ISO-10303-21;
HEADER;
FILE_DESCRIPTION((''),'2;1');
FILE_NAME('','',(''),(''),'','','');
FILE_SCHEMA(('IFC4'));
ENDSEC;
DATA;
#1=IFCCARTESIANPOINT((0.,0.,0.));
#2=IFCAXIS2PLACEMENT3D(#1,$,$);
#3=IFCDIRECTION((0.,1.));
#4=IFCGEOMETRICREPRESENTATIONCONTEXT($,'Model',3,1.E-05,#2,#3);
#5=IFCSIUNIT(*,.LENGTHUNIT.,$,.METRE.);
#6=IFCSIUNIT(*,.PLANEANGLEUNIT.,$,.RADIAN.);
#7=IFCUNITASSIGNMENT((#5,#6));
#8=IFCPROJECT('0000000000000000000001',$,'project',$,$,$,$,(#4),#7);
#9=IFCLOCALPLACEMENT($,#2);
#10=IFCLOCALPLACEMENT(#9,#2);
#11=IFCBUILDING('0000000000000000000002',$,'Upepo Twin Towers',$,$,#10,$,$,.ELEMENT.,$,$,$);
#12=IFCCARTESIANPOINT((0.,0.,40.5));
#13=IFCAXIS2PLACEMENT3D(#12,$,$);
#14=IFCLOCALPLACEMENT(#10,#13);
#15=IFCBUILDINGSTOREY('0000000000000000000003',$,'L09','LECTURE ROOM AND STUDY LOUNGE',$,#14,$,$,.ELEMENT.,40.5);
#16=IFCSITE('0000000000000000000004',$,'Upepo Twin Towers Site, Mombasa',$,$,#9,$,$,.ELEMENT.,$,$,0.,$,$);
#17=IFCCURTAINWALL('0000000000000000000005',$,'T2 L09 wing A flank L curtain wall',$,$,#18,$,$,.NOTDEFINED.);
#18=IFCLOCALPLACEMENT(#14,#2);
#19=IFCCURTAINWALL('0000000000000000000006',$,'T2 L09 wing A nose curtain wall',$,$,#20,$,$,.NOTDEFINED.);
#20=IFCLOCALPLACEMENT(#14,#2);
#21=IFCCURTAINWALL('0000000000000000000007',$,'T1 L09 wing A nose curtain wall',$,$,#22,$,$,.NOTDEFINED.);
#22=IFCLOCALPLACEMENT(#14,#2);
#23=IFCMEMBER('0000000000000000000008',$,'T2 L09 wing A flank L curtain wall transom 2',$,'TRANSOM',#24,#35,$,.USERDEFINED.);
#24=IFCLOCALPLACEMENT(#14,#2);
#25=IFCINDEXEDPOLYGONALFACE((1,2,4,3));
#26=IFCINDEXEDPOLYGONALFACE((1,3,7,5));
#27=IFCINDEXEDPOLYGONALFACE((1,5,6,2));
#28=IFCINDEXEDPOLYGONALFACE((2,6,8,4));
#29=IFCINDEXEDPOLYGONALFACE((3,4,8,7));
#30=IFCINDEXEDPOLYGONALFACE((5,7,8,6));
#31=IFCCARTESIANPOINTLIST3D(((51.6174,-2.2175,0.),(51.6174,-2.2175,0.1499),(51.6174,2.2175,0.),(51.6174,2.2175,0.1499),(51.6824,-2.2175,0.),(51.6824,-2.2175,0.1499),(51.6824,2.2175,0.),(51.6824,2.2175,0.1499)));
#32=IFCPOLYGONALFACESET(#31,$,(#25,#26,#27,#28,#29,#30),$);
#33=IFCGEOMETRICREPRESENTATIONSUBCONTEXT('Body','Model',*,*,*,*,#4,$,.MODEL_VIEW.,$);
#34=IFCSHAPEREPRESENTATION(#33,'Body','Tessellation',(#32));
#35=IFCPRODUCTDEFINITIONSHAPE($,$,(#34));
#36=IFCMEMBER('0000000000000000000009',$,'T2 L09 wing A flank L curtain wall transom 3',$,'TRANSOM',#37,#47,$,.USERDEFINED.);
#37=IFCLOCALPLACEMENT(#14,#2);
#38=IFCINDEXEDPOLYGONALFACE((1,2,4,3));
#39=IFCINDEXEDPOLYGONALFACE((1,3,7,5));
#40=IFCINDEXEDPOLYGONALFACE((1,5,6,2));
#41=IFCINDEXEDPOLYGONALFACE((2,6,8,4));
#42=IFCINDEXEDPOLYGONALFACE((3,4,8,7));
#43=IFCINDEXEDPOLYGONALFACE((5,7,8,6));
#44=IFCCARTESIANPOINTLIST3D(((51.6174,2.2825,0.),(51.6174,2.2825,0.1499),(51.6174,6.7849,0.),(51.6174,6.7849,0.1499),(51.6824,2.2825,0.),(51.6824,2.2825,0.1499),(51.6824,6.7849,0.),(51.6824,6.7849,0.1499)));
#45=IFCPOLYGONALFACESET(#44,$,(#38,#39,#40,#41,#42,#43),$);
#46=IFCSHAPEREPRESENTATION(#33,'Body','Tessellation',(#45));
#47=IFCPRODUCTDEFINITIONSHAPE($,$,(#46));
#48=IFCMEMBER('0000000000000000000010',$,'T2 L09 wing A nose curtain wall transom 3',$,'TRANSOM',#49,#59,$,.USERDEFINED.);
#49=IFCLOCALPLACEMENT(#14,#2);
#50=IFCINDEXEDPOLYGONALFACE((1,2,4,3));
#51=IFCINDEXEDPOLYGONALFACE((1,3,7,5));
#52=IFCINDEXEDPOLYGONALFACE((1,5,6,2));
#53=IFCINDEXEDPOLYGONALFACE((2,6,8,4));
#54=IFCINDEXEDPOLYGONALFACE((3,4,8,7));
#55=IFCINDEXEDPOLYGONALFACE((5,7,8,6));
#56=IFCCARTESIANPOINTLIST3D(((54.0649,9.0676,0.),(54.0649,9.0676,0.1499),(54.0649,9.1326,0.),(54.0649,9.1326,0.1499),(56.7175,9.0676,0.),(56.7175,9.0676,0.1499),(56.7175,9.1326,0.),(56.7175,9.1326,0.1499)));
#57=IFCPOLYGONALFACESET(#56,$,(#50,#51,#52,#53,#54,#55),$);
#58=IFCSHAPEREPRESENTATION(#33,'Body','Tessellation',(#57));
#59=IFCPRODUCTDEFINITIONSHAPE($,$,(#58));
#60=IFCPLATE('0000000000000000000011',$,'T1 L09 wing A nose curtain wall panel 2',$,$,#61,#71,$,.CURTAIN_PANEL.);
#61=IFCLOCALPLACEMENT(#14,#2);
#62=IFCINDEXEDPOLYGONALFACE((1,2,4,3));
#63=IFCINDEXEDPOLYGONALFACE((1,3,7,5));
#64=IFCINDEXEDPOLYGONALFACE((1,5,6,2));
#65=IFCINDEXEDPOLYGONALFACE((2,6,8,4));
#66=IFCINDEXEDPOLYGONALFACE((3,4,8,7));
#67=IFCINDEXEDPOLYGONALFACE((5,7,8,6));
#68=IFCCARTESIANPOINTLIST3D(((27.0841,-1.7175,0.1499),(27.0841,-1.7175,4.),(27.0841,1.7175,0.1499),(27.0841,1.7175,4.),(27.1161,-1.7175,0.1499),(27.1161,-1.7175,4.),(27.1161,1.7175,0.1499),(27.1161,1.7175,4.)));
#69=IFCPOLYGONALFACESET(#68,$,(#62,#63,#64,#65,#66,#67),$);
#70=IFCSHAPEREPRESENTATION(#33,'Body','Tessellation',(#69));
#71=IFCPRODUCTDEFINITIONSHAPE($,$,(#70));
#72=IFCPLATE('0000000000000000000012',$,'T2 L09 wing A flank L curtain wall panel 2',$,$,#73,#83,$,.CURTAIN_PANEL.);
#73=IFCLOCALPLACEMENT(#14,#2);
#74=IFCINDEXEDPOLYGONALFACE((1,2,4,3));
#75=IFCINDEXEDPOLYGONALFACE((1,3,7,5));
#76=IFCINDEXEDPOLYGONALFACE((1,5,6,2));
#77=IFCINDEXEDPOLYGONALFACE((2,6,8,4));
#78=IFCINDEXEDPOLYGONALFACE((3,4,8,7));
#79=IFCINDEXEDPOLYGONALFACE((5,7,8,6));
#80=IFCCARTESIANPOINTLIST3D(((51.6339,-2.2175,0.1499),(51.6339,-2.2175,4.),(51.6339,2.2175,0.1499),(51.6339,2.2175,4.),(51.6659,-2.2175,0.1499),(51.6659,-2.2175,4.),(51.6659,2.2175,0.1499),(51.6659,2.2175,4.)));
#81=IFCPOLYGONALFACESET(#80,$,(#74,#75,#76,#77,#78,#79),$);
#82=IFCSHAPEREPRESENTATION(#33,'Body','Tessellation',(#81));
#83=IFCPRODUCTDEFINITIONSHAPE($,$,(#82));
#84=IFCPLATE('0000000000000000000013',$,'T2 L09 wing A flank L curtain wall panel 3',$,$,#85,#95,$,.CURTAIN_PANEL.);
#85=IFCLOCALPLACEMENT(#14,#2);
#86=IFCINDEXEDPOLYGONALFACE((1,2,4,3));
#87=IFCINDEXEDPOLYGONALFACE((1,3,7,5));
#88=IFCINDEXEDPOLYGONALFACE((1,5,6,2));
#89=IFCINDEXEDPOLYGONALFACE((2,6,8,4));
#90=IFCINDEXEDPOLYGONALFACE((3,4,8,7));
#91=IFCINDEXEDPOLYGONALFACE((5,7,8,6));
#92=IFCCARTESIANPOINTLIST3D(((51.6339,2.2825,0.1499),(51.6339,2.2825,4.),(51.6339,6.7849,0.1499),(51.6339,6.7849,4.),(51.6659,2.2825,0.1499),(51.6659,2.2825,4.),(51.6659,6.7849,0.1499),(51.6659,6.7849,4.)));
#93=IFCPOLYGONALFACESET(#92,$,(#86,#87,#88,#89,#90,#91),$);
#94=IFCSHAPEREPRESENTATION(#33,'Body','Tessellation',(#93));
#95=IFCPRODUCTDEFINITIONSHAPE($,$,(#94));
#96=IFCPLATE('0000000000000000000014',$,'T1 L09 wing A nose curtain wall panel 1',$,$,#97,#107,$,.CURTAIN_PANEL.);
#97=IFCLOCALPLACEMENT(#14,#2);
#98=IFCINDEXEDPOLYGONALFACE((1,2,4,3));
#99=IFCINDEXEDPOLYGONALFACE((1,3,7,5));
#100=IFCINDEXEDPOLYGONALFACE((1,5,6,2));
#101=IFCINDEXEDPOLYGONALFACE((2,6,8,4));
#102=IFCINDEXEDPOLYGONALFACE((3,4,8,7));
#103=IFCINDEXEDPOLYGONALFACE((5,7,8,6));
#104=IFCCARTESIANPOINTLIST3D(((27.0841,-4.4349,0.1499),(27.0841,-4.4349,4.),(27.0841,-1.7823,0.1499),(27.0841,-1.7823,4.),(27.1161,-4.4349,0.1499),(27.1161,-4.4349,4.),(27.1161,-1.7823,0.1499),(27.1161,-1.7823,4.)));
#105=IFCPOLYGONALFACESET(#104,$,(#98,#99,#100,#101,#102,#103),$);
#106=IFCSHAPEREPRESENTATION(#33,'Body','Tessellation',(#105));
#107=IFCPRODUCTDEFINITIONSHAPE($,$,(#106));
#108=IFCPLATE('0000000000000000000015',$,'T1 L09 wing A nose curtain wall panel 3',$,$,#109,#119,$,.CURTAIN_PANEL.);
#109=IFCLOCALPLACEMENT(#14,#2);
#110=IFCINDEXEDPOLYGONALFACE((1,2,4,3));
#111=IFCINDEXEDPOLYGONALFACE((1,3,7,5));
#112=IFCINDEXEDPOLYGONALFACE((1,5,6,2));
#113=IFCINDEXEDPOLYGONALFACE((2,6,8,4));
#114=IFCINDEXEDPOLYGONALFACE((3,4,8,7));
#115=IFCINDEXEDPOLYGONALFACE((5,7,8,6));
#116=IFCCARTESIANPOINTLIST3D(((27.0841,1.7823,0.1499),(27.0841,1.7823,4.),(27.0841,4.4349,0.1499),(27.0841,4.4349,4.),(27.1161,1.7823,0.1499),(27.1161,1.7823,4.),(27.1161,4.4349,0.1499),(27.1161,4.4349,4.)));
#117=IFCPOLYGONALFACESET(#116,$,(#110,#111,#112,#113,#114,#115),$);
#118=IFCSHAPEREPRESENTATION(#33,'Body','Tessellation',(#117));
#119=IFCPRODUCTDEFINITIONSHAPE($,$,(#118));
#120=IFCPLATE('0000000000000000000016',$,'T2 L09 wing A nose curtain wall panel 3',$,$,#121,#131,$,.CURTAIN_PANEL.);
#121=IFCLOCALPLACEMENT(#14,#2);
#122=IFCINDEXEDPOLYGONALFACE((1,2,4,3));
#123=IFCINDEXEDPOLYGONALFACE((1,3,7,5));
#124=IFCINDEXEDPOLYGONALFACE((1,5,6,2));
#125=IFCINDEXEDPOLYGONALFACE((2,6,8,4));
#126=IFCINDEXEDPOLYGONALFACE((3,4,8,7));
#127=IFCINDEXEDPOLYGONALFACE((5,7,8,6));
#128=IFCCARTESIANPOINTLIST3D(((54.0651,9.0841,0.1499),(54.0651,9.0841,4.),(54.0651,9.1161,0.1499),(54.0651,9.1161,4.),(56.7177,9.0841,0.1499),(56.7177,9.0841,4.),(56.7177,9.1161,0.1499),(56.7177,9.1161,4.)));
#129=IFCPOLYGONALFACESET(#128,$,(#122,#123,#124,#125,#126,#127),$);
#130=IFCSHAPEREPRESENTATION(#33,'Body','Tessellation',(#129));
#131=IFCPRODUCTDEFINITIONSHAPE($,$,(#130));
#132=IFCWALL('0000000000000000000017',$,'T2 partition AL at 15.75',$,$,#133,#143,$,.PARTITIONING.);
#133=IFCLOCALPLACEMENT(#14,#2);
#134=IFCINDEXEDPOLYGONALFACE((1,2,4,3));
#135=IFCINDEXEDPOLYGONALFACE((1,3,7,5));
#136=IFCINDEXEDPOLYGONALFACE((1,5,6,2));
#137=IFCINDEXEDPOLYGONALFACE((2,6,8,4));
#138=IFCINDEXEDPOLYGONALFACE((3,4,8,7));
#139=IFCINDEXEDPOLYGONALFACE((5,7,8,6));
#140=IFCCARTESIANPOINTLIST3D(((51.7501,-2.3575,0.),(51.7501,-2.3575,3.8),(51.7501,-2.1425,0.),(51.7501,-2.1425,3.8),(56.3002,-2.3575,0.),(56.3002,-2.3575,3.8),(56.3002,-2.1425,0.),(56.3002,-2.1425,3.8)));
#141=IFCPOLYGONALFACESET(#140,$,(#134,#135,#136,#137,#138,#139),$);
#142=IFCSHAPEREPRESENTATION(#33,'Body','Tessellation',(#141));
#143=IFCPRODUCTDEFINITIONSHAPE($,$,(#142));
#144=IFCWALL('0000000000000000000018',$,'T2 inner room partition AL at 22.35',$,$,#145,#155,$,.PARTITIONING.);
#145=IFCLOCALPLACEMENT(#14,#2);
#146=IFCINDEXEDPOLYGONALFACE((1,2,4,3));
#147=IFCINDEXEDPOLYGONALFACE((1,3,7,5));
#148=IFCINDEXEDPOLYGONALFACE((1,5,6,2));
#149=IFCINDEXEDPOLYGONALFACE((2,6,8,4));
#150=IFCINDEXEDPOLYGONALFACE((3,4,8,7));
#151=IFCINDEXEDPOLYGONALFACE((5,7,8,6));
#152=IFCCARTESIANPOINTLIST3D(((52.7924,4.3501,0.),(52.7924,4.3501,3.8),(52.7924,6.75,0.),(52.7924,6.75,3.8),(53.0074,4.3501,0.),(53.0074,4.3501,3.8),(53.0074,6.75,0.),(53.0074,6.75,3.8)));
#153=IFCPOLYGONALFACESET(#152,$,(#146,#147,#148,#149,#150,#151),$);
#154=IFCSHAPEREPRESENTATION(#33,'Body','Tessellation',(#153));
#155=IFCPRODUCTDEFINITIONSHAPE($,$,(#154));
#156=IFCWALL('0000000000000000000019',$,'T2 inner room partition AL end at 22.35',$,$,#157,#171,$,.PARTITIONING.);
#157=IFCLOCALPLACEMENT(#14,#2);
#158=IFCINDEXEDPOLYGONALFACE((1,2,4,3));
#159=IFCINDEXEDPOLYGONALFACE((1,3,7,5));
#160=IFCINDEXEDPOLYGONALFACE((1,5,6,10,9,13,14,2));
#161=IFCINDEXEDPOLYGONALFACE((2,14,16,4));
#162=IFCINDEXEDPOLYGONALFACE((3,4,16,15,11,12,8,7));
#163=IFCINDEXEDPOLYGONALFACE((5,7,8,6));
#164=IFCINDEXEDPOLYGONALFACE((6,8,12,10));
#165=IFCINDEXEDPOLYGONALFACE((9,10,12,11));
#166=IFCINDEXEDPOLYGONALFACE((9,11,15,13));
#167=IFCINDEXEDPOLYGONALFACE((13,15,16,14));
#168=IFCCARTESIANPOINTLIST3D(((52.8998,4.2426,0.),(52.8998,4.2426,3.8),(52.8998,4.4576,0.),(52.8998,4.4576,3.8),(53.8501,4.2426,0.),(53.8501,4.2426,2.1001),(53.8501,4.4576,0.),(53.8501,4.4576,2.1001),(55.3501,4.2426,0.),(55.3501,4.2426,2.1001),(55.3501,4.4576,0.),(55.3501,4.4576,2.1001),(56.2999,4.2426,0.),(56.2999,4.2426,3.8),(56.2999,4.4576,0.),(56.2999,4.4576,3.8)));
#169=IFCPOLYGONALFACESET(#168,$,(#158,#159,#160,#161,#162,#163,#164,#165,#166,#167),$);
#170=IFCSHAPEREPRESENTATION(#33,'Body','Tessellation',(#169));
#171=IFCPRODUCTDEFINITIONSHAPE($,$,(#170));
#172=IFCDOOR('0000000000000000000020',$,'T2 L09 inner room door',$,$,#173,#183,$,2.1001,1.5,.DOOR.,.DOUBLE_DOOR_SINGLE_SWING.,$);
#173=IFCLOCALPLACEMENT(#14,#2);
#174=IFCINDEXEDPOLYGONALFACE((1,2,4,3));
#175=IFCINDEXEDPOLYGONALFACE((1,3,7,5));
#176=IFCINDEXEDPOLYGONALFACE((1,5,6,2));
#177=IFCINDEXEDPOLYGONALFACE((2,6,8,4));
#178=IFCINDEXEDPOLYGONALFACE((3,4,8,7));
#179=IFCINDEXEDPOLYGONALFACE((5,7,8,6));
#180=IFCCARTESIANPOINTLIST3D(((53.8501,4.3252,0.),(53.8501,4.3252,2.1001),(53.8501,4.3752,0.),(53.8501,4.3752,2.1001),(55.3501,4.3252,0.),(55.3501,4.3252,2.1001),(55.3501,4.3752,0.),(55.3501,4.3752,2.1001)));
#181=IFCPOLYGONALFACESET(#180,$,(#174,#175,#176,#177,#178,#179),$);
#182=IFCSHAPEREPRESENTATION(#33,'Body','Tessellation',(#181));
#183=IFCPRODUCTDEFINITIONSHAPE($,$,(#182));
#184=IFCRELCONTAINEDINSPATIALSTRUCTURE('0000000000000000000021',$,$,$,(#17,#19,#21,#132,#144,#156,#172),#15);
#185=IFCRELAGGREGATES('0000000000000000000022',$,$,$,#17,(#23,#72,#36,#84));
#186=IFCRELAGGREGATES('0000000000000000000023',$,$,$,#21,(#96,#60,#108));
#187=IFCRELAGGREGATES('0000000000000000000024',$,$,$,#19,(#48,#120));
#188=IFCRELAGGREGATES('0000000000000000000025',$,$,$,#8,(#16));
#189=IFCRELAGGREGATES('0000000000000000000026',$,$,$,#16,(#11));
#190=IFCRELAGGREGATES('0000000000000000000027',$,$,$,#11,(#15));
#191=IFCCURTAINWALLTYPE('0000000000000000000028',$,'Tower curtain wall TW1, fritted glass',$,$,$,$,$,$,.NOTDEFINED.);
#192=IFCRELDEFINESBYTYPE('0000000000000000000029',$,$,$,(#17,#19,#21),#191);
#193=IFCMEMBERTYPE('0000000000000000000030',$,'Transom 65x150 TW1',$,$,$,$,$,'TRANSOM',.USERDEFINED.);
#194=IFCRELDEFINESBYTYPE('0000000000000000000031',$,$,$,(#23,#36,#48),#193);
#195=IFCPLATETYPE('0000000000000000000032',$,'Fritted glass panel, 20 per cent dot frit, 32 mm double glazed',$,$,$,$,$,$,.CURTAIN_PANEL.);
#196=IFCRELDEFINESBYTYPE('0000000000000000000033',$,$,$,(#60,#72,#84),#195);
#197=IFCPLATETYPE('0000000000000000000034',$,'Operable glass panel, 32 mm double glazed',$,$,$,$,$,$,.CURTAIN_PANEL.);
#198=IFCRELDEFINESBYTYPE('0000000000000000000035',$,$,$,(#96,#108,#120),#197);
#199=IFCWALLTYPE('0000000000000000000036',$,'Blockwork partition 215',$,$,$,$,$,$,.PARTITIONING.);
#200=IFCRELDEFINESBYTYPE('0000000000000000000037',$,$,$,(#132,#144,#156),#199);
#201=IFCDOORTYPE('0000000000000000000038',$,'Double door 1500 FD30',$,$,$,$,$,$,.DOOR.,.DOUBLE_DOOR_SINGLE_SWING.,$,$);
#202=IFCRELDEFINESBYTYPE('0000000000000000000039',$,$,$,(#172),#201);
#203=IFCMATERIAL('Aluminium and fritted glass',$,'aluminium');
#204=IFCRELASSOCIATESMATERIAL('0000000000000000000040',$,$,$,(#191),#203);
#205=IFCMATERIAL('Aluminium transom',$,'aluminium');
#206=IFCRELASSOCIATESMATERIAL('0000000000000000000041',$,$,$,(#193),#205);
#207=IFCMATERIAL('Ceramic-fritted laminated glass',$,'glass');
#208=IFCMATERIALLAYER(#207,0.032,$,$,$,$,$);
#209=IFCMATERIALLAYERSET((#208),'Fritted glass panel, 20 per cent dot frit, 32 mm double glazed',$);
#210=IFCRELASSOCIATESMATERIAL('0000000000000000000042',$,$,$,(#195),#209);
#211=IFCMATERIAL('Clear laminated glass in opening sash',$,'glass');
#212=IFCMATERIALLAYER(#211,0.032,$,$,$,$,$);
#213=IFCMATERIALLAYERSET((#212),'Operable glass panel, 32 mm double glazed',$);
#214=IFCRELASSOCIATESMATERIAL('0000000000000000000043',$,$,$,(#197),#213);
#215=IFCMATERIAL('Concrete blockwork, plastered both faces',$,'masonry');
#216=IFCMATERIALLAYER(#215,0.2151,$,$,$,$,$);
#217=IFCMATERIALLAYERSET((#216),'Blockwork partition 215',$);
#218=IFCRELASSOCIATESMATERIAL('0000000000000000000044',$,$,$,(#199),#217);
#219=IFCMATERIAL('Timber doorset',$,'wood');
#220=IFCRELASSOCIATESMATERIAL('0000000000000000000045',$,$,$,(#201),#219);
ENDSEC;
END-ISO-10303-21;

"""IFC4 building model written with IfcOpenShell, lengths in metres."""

from ifc_helpers import new_model, si_unit, direction, frame, frame_2d, origin, origin_2d, place, context, subcontext, project, spatial, rectangle, extrude, material, layer, layer_set, material_profile, profile_set, type_object, element, fill, aggregate, save


model = new_model("IFC4")

# Units and contexts
model_context = context("Model", 3, precision=1e-05, world=origin(), true_north=direction((0.0, 1.0)))
body_context = subcontext(model_context, "Body", "Model", "MODEL_VIEW")
ifc_project = project(units=[si_unit("LENGTHUNIT", "METRE"), si_unit("PLANEANGLEUNIT", "RADIAN")], contexts=[model_context])

# Site, building, storey
site_placement = place(None, origin())
site = spatial("IfcSite", under=ifc_project, at=site_placement, Name="Upepo Twin Towers Site, Mombasa", CompositionType="ELEMENT", RefElevation=0.0)
building_placement = place(site_placement, origin())
building = spatial("IfcBuilding", under=site, at=building_placement, Name="Upepo Twin Towers", CompositionType="ELEMENT")
storey_placement = place(building_placement, frame((0.0, 0.0, 40.5)))
storey = spatial("IfcBuildingStorey", under=building, at=storey_placement, Name="L09", Description="LECTURE ROOM AND STUDY LOUNGE", CompositionType="ELEMENT", Elevation=40.5)

# Curtain walls
ifc_material_1 = material(Name="Aluminium and fritted glass", Category="aluminium")
curtain_wall_type = type_object("IfcCurtainWallType", Name="Tower curtain wall TW1, fritted glass", PredefinedType="NOTDEFINED", material=ifc_material_1)
curtain_wall_1_placement = place(storey_placement, origin())
curtain_wall_1 = element("IfcCurtainWall", 1, at=curtain_wall_1_placement, inside=storey, type_object=curtain_wall_type, Name="T2 L09 wing A flank L curtain wall", PredefinedType="NOTDEFINED")
curtain_wall_2_placement = place(storey_placement, origin())
curtain_wall_2 = element("IfcCurtainWall", 2, at=curtain_wall_2_placement, inside=storey, type_object=curtain_wall_type, Name="T2 L09 wing A nose curtain wall", PredefinedType="NOTDEFINED")
curtain_wall_3_placement = place(storey_placement, origin())
curtain_wall_3 = element("IfcCurtainWall", 3, at=curtain_wall_3_placement, inside=storey, type_object=curtain_wall_type, Name="T1 L09 wing A nose curtain wall", PredefinedType="NOTDEFINED")
ifc_material_2 = material(Name="Aluminium transom", Category="aluminium")
ifc_material_profile_1 = material_profile(ifc_material_2, rectangle(XDim=0.0649, YDim=0.1499, at=origin_2d()), Name="TRANSOM 65x150")
ifc_profile_set_1 = profile_set([ifc_material_profile_1], Name="Aluminium transom")
member_type_1 = type_object("IfcMemberType", Name="Transom 65x150 TW1", ElementType="TRANSOM", PredefinedType="USERDEFINED", material=ifc_profile_set_1)

# Members
member_1_placement = place(storey_placement, frame((51.6499, -2.2175, 0.075), z_axis=(0.0, 1.0, 0.0), x_axis=(-1.0, 0.0, 0.0)))
member_1 = element("IfcMember", 4, at=member_1_placement, type_object=member_type_1, Name="T2 L09 wing A flank L curtain wall transom 2", ObjectType="TRANSOM", PredefinedType="USERDEFINED", context=body_context, shape_type="SweptSolid", body=[
    extrude(rectangle(XDim=0.0649, YDim=0.1499, at=origin_2d()), origin(), (0.0, 0.0, 1.0), 4.4351),
])
member_2_placement = place(storey_placement, frame((51.6499, 2.2825, 0.075), z_axis=(0.0, 1.0, 0.0), x_axis=(-1.0, 0.0, 0.0)))
member_2 = element("IfcMember", 5, at=member_2_placement, type_object=member_type_1, Name="T2 L09 wing A flank L curtain wall transom 3", ObjectType="TRANSOM", PredefinedType="USERDEFINED", context=body_context, shape_type="SweptSolid", body=[
    extrude(rectangle(XDim=0.0649, YDim=0.1499, at=origin_2d()), origin(), (0.0, 0.0, 1.0), 4.5024),
])
member_3_placement = place(storey_placement, frame((56.7175, 9.1001, 0.075), z_axis=(-1.0, 0.0, 0.0), x_axis=(0.0, -1.0, 0.0)))
member_3 = element("IfcMember", 6, at=member_3_placement, type_object=member_type_1, Name="T2 L09 wing A nose curtain wall transom 3", ObjectType="TRANSOM", PredefinedType="USERDEFINED", context=body_context, shape_type="SweptSolid", body=[
    extrude(rectangle(XDim=0.0649, YDim=0.1499, at=origin_2d()), origin(), (0.0, 0.0, 1.0), 2.6526),
])

# Plates
ifc_material_3 = material(Name="Ceramic-fritted laminated glass", Category="glass")
ifc_layer_1 = layer(ifc_material_3, 0.032)
ifc_layer_set_1 = layer_set([ifc_layer_1], Name="Fritted glass panel, 20 per cent dot frit, 32 mm double glazed")
plate_type_1 = type_object("IfcPlateType", Name="Fritted glass panel, 20 per cent dot frit, 32 mm double glazed", PredefinedType="CURTAIN_PANEL", material=ifc_layer_set_1)
plate_1_placement = place(storey_placement, frame((27.1001, 0.0, 0.1499), z_axis=(0.0, 0.0, 1.0), x_axis=(0.0, 1.0, 0.0)))
plate_1 = element("IfcPlate", 7, at=plate_1_placement, type_object=plate_type_1, Name="T1 L09 wing A nose curtain wall panel 2", PredefinedType="CURTAIN_PANEL", context=body_context, shape_type="SweptSolid", body=[
    extrude(rectangle(XDim=3.4351, YDim=0.032, at=origin_2d()), origin(), (0.0, 0.0, 1.0), 3.8501),
])
plate_2_placement = place(storey_placement, frame((51.6499, 0.0, 0.1499), z_axis=(0.0, 0.0, 1.0), x_axis=(0.0, 1.0, 0.0)))
plate_2 = element("IfcPlate", 8, at=plate_2_placement, type_object=plate_type_1, Name="T2 L09 wing A flank L curtain wall panel 2", PredefinedType="CURTAIN_PANEL", context=body_context, shape_type="SweptSolid", body=[
    extrude(rectangle(XDim=4.4351, YDim=0.032, at=origin_2d()), origin(), (0.0, 0.0, 1.0), 3.8501),
])
plate_3_placement = place(storey_placement, frame((51.6499, 4.5337, 0.1499), z_axis=(0.0, 0.0, 1.0), x_axis=(0.0, 1.0, 0.0)))
plate_3 = element("IfcPlate", 9, at=plate_3_placement, type_object=plate_type_1, Name="T2 L09 wing A flank L curtain wall panel 3", PredefinedType="CURTAIN_PANEL", context=body_context, shape_type="SweptSolid", body=[
    extrude(rectangle(XDim=4.5024, YDim=0.032, at=origin_2d()), origin(), (0.0, 0.0, 1.0), 3.8501),
])
aggregate(curtain_wall_1, [member_1, plate_2, member_2, plate_3])
ifc_material_4 = material(Name="Clear laminated glass in opening sash", Category="glass")
ifc_layer_2 = layer(ifc_material_4, 0.032)
ifc_layer_set_2 = layer_set([ifc_layer_2], Name="Operable glass panel, 32 mm double glazed")
plate_type_2 = type_object("IfcPlateType", Name="Operable glass panel, 32 mm double glazed", PredefinedType="CURTAIN_PANEL", material=ifc_layer_set_2)
plate_4_placement = place(storey_placement, frame((27.1001, -3.1086, 0.1499), z_axis=(0.0, 0.0, 1.0), x_axis=(0.0, 1.0, 0.0)))
plate_4 = element("IfcPlate", 10, at=plate_4_placement, type_object=plate_type_2, Name="T1 L09 wing A nose curtain wall panel 1", PredefinedType="CURTAIN_PANEL", context=body_context, shape_type="SweptSolid", body=[
    extrude(rectangle(XDim=2.6526, YDim=0.032, at=origin_2d()), origin(), (0.0, 0.0, 1.0), 3.8501),
])
plate_5_placement = place(storey_placement, frame((27.1001, 3.1086, 0.1499), z_axis=(0.0, 0.0, 1.0), x_axis=(0.0, 1.0, 0.0)))
plate_5 = element("IfcPlate", 11, at=plate_5_placement, type_object=plate_type_2, Name="T1 L09 wing A nose curtain wall panel 3", PredefinedType="CURTAIN_PANEL", context=body_context, shape_type="SweptSolid", body=[
    extrude(rectangle(XDim=2.6526, YDim=0.032, at=origin_2d()), origin(), (0.0, 0.0, 1.0), 3.8501),
])
aggregate(curtain_wall_3, [plate_4, plate_1, plate_5])
plate_6_placement = place(storey_placement, frame((55.3914, 9.1001, 0.1499), z_axis=(0.0, 0.0, 1.0), x_axis=(-1.0, 0.0, 0.0)))
plate_6 = element("IfcPlate", 12, at=plate_6_placement, type_object=plate_type_2, Name="T2 L09 wing A nose curtain wall panel 3", PredefinedType="CURTAIN_PANEL", context=body_context, shape_type="SweptSolid", body=[
    extrude(rectangle(XDim=2.6526, YDim=0.032, at=origin_2d()), origin(), (0.0, 0.0, 1.0), 3.8501),
])
aggregate(curtain_wall_2, [member_3, plate_6])

# Walls
ifc_material_5 = material(Name="Concrete blockwork, plastered both faces", Category="masonry")
ifc_layer_3 = layer(ifc_material_5, 0.2151)
ifc_layer_set_3 = layer_set([ifc_layer_3], Name="Blockwork partition 215")
wall_type_1 = type_object("IfcWallType", Name="Blockwork partition 215", PredefinedType="PARTITIONING", material=ifc_layer_set_3)
wall_1_placement = place(storey_placement, frame((56.3, -2.25, 0.0), z_axis=(0.0, 0.0, 1.0), x_axis=(-1.0, 0.0, 0.0)))
element("IfcWall", 13, at=wall_1_placement, inside=storey, type_object=wall_type_1, Name="T2 partition AL at 15.75", PredefinedType="PARTITIONING", context=body_context, shape_type="SweptSolid", body=[
    extrude(rectangle(XDim=4.55, YDim=0.2151, at=frame_2d((2.2749, 0.0))), origin(), (0.0, 0.0, 1.0), 3.8),
])
wall_2_placement = place(storey_placement, frame((52.8999, 4.3501, 0.0), z_axis=(0.0, 0.0, 1.0), x_axis=(0.0, 1.0, 0.0)))
element("IfcWall", 14, at=wall_2_placement, inside=storey, type_object=wall_type_1, Name="T2 inner room partition AL at 22.35", PredefinedType="PARTITIONING", context=body_context, shape_type="SweptSolid", body=[
    extrude(rectangle(XDim=2.3999, YDim=0.2151, at=frame_2d((1.2, 0.0))), origin(), (0.0, 0.0, 1.0), 3.8),
])

# Wall, opening, door
wall_3_placement = place(storey_placement, frame((56.3, 4.3501, 0.0), z_axis=(0.0, 0.0, 1.0), x_axis=(-1.0, 0.0, 0.0)))
wall_3 = element("IfcWall", 15, at=wall_3_placement, inside=storey, type_object=wall_type_1, Name="T2 inner room partition AL end at 22.35", PredefinedType="PARTITIONING", context=body_context, shape_type="SweptSolid", body=[
    extrude(rectangle(XDim=3.4001, YDim=0.2151, at=frame_2d((1.7002, 0.0))), origin(), (0.0, 0.0, 1.0), 3.8),
])
opening_placement = place(wall_3_placement, frame((0.95, 0.0, 0.0)))
opening = element("IfcOpeningElement", 16, at=opening_placement, cuts=wall_3, PredefinedType="OPENING", context=body_context, shape_type="SweptSolid", body=[
    extrude(rectangle(XDim=1.5, YDim=2.1001, at=frame_2d((0.75, 1.05))), frame((0.0, 0.1174, 0.0), z_axis=(0.0, -1.0, 0.0), x_axis=(1.0, 0.0, 0.0)), (0.0, 0.0, 1.0), 0.2351),
])
ifc_material_6 = material(Name="Timber doorset", Category="wood")
door_type = type_object("IfcDoorType", Name="Double door 1500 FD30", OperationType="DOUBLE_DOOR_SINGLE_SWING", PredefinedType="DOOR", material=ifc_material_6)
door_placement = place(opening_placement, origin())
door = element("IfcDoor", 17, at=door_placement, inside=storey, type_object=door_type, Name="T2 L09 inner room door", OperationType="DOUBLE_DOOR_SINGLE_SWING", OverallHeight=2.1001, OverallWidth=1.5, PredefinedType="DOOR", context=body_context, shape_type="SweptSolid", body=[
    extrude(rectangle(XDim=1.5, YDim=2.1001, at=frame_2d((0.75, 1.05))), frame((0.0, 0.0249, 0.0), z_axis=(0.0, -1.0, 0.0), x_axis=(1.0, 0.0, 0.0)), (0.0, 0.0, 1.0), 0.05),
])
fill(opening, door)

save(model, "model.ifc")
